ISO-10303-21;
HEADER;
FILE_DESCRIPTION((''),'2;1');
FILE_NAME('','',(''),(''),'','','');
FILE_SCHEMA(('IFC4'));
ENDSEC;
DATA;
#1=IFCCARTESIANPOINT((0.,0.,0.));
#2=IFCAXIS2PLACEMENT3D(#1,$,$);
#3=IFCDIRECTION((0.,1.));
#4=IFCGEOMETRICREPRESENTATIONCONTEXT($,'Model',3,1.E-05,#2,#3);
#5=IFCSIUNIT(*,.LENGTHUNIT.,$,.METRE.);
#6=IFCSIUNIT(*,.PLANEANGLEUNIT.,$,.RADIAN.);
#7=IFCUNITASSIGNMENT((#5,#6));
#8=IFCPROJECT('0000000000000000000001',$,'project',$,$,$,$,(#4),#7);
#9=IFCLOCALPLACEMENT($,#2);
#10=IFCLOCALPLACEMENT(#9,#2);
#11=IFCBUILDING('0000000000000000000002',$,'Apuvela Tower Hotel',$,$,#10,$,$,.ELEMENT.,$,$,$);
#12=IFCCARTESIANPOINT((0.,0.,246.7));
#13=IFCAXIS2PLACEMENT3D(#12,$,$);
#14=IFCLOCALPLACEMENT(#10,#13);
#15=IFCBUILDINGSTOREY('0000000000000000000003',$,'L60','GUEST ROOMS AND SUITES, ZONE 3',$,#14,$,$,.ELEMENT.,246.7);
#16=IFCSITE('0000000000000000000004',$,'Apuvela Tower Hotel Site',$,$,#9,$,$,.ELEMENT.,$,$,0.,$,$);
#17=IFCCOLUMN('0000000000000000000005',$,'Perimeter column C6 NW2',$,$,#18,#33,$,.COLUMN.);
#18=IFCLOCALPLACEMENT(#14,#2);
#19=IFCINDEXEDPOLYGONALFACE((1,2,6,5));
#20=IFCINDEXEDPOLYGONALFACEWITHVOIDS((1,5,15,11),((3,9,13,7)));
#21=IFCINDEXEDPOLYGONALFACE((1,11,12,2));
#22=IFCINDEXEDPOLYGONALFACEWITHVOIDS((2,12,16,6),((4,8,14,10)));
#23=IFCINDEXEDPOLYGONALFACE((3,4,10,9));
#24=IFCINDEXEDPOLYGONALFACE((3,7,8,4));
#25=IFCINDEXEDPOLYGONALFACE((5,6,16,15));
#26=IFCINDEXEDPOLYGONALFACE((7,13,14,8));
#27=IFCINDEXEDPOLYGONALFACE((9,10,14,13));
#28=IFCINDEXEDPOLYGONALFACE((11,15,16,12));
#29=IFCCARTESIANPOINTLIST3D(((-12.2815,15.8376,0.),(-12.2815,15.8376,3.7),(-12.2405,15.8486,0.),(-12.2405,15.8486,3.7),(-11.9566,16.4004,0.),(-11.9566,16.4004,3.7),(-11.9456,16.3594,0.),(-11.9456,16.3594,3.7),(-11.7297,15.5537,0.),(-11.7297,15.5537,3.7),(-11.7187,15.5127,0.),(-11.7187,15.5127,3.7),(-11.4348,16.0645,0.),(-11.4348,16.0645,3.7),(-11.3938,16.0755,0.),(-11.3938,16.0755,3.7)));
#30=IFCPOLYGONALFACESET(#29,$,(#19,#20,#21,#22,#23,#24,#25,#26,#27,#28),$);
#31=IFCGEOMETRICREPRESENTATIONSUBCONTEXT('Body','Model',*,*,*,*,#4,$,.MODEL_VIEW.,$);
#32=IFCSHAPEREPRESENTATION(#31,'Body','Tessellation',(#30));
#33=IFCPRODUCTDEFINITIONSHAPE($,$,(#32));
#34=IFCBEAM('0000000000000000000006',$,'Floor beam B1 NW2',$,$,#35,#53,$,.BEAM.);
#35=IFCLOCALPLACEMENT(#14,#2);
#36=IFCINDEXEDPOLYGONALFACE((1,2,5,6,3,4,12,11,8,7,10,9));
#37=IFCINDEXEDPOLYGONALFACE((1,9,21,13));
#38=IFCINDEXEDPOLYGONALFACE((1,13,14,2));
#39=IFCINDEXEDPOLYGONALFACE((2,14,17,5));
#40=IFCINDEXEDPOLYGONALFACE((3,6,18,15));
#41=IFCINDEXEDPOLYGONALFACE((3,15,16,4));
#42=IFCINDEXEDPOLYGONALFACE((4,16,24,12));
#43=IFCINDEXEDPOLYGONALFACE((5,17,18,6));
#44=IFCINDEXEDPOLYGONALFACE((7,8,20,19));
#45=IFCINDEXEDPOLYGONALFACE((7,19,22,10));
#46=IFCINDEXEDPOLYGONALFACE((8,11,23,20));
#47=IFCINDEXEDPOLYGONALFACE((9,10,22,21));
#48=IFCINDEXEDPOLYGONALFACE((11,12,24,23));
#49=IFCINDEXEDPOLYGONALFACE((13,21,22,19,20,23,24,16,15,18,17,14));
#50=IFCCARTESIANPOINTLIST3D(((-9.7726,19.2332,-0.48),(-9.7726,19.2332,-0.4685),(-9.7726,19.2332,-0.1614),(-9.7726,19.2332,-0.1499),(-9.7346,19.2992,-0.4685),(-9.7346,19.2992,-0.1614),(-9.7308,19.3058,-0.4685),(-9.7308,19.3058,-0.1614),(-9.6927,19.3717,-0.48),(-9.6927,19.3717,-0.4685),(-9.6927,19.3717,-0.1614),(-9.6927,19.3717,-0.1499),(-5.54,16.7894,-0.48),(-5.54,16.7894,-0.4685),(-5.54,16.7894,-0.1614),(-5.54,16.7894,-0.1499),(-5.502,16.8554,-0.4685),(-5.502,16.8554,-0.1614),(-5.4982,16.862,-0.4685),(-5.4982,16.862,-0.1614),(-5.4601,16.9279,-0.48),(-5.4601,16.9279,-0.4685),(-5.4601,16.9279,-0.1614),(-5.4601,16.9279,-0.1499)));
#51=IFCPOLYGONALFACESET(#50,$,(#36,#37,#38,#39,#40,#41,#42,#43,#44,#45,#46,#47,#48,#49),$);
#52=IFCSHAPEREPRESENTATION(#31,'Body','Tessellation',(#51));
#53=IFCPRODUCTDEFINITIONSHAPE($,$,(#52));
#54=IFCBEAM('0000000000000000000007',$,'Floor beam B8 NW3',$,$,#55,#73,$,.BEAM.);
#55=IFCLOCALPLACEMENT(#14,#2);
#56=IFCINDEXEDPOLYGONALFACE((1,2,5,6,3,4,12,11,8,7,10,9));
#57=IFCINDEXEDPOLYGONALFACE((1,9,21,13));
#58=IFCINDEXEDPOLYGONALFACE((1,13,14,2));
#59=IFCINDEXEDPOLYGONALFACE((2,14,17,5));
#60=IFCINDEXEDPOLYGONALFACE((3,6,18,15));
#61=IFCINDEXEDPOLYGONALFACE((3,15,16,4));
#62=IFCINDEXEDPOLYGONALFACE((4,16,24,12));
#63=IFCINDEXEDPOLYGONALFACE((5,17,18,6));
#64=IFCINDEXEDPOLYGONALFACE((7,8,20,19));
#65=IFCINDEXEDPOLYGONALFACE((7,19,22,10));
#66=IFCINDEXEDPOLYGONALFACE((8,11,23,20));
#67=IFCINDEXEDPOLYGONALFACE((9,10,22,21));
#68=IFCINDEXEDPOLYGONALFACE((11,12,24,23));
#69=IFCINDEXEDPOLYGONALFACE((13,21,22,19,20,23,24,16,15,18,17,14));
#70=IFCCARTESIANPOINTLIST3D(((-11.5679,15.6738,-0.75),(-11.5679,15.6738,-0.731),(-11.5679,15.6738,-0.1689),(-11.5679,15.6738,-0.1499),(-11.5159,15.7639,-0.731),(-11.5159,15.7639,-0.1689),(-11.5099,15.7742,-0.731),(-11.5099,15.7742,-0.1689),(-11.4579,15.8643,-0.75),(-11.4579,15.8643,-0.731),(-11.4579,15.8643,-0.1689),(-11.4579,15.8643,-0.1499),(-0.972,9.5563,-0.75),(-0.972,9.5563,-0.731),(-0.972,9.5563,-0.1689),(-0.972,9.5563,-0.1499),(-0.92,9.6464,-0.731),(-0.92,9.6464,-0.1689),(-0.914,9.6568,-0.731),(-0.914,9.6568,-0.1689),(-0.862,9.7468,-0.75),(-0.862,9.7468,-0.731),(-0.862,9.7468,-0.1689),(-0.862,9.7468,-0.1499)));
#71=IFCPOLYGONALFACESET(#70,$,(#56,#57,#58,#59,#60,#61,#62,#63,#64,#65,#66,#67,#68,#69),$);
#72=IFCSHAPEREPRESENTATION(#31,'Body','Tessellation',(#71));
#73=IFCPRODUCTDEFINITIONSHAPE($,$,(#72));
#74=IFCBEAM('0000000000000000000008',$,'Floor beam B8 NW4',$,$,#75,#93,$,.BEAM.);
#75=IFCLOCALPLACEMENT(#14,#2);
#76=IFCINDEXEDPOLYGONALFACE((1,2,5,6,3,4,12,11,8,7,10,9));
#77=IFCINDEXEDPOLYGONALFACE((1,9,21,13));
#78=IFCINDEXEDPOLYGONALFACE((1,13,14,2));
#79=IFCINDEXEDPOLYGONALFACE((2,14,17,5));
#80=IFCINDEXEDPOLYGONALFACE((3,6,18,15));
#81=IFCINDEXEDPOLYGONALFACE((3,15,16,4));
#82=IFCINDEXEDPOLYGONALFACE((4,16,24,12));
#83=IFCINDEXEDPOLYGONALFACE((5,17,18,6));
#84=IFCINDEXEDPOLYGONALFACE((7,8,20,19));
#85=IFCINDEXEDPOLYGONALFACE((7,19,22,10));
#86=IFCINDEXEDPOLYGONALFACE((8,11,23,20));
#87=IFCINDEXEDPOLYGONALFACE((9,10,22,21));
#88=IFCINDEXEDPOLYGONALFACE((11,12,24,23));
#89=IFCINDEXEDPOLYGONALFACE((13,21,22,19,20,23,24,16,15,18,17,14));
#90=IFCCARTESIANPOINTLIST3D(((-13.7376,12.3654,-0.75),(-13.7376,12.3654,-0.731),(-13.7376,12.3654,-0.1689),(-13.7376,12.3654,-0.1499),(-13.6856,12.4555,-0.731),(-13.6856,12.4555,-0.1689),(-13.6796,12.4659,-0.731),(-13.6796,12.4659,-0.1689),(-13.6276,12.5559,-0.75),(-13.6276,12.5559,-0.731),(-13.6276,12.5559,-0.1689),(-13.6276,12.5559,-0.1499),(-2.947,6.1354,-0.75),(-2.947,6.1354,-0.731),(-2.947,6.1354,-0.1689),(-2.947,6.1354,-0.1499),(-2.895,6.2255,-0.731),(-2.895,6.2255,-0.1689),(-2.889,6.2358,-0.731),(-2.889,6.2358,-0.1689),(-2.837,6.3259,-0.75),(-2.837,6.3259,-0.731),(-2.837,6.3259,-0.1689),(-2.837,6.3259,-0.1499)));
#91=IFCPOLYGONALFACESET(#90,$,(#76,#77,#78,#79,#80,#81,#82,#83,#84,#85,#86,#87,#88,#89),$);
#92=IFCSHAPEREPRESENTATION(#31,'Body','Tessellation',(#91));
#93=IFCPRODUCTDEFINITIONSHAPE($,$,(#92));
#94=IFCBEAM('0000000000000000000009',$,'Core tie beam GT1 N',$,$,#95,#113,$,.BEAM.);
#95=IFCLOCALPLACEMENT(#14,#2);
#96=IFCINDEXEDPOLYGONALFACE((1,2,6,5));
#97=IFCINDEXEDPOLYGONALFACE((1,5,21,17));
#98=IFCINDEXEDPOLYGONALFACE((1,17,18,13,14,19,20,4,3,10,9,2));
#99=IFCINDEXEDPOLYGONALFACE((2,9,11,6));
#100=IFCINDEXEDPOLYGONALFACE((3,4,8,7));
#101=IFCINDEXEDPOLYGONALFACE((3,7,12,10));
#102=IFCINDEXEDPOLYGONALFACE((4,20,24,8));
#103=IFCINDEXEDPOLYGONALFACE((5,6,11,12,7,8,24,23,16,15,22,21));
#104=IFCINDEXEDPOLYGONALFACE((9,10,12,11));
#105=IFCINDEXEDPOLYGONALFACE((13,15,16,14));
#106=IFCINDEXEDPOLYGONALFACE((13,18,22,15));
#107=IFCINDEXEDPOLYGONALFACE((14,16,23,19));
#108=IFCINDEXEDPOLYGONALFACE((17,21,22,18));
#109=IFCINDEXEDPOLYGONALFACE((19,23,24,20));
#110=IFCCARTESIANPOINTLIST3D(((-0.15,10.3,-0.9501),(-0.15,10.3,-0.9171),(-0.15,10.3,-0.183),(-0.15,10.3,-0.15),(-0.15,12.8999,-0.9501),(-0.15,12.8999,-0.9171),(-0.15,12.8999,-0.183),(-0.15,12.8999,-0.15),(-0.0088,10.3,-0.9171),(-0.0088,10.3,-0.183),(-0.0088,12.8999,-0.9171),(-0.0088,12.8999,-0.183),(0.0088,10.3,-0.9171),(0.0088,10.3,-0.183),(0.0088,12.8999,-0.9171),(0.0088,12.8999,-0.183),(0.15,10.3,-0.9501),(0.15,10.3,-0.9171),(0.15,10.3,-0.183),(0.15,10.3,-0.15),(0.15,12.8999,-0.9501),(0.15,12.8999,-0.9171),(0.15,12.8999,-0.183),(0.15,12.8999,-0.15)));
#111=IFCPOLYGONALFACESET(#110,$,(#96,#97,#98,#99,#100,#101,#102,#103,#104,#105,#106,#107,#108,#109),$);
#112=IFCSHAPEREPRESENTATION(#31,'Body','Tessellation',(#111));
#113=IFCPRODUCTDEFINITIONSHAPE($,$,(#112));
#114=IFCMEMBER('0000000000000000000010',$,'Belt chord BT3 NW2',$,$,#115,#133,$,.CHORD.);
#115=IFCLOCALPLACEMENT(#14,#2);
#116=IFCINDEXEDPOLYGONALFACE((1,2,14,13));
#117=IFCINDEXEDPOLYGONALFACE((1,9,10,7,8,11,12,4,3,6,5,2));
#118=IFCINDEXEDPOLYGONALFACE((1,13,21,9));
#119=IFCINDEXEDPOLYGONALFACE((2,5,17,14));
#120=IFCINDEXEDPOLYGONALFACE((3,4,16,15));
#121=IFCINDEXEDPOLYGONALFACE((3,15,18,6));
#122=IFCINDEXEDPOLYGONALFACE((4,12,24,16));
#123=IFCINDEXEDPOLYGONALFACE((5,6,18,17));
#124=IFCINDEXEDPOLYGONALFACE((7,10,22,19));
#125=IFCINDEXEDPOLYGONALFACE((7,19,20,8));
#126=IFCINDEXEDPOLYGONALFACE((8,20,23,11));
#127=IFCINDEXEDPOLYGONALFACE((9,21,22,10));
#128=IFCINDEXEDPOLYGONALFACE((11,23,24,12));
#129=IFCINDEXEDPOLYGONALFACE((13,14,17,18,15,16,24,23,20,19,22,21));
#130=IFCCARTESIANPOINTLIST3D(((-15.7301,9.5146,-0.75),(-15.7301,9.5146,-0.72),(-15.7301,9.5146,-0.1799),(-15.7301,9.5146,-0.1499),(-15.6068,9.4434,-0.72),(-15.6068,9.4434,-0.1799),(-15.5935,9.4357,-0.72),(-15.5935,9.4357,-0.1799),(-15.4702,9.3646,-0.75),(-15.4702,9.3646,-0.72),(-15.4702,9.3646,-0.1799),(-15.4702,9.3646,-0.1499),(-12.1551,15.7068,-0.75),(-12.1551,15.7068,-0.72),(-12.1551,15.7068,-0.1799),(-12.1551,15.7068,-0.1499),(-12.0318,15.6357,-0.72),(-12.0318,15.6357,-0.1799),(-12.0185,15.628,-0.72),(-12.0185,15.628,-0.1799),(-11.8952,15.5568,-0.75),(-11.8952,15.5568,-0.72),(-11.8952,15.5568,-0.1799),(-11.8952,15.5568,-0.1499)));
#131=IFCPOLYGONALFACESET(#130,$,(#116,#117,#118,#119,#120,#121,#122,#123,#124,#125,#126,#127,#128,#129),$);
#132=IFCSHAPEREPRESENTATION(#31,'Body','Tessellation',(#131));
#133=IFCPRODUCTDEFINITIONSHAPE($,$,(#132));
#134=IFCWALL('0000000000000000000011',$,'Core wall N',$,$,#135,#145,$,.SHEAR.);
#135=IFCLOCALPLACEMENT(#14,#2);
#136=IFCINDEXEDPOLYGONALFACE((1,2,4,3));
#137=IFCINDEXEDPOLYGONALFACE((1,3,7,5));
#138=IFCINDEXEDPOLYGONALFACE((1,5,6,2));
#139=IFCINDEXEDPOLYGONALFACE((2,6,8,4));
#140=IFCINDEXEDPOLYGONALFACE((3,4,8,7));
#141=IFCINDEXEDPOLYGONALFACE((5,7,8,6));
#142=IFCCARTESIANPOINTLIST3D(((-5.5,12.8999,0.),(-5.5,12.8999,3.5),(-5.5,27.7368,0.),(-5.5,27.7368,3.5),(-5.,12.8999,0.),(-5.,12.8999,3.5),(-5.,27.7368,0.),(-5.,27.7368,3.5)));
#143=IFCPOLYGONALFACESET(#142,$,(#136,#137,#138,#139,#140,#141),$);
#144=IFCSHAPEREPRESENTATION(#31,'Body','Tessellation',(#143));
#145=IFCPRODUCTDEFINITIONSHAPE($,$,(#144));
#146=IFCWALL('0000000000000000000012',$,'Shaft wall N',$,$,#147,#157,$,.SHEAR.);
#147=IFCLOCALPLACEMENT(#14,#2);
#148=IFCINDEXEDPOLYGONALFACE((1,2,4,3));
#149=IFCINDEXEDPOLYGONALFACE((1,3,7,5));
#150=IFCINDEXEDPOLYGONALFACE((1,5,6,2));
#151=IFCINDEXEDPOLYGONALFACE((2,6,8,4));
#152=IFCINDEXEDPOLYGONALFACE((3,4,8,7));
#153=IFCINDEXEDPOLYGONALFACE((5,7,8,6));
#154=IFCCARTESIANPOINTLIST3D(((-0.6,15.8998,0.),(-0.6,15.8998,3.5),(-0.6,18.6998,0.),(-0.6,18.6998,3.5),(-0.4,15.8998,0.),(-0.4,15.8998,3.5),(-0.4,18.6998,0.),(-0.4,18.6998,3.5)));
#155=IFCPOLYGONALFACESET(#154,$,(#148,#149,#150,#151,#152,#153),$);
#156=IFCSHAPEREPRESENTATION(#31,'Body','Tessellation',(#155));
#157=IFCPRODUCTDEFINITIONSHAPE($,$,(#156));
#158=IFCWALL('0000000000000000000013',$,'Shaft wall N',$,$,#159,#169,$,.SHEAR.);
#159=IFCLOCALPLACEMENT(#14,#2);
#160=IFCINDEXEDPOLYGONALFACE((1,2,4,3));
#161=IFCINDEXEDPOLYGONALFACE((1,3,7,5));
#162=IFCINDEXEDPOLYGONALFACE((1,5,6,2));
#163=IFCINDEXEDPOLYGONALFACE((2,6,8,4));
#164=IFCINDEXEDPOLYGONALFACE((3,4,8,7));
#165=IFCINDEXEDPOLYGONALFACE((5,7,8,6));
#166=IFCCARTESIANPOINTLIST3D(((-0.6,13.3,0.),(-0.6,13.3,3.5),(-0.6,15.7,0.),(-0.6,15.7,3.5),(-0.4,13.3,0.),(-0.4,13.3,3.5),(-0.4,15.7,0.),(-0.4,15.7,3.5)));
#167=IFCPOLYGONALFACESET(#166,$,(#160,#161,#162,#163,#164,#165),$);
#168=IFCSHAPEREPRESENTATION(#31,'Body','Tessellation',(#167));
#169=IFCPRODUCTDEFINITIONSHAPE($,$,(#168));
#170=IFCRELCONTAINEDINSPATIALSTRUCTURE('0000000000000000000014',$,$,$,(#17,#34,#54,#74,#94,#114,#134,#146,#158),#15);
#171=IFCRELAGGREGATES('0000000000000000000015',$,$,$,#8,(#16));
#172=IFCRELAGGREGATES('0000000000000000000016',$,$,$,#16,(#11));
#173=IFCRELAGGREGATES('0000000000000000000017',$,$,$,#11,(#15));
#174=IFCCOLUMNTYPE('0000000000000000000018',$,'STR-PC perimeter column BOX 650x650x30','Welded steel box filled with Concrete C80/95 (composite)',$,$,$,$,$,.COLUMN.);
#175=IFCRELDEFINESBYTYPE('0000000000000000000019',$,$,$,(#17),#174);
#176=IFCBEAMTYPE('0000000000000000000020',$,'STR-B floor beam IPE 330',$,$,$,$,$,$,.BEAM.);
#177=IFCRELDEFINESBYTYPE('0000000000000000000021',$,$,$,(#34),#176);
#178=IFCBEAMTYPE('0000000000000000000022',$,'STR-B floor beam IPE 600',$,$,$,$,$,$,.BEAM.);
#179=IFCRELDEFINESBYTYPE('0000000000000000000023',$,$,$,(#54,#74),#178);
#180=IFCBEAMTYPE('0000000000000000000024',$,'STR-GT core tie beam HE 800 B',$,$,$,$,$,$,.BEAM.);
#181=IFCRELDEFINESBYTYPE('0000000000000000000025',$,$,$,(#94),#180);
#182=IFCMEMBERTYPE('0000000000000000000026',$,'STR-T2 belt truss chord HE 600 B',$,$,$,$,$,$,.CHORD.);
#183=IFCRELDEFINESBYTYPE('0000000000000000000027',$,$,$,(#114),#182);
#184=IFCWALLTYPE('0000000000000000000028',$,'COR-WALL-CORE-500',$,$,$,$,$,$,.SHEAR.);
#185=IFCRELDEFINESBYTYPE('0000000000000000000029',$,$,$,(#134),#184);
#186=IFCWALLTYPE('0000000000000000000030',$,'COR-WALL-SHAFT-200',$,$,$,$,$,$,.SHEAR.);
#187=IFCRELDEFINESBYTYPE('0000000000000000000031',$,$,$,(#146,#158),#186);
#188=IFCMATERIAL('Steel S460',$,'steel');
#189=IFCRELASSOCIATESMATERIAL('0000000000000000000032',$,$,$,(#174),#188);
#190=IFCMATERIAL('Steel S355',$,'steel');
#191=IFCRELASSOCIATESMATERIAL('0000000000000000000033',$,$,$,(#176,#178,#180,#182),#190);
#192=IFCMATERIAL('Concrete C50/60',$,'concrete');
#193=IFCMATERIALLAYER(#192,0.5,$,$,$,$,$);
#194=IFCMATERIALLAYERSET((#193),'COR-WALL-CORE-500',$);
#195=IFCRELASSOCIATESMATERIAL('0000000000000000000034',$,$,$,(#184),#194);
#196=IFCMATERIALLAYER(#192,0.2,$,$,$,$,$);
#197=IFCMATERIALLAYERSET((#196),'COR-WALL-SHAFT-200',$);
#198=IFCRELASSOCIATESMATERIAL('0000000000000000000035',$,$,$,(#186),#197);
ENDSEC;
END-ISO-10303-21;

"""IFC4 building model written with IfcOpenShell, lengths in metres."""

from ifc_helpers import new_model, si_unit, direction, frame, frame_2d, origin, origin_2d, place, context, subcontext, project, spatial, rectangle, hollow_rectangle, i_section, extrude, material, layer, layer_set, material_profile, profile_set, type_object, element, save


model = new_model("IFC4")

# Units and contexts
model_context = context("Model", 3, precision=1e-05, world=origin(), true_north=direction((0.0, 1.0)))
body_context = subcontext(model_context, "Body", "Model", "MODEL_VIEW")
ifc_project = project(units=[si_unit("LENGTHUNIT", "METRE"), si_unit("PLANEANGLEUNIT", "RADIAN")], contexts=[model_context])

# Site, building, storey
site_placement = place(None, origin())
site = spatial("IfcSite", under=ifc_project, at=site_placement, Name="Apuvela Tower Hotel Site", CompositionType="ELEMENT", RefElevation=0.0)
building_placement = place(site_placement, origin())
building = spatial("IfcBuilding", under=site, at=building_placement, Name="Apuvela Tower Hotel", CompositionType="ELEMENT")
storey_placement = place(building_placement, frame((0.0, 0.0, 246.7)))
storey = spatial("IfcBuildingStorey", under=building, at=storey_placement, Name="L60", Description="GUEST ROOMS AND SUITES, ZONE 3", CompositionType="ELEMENT", Elevation=246.7)

# Column
ifc_material_1 = material(Name="Steel S460", Category="steel")
ifc_material_profile_1 = material_profile(ifc_material_1, hollow_rectangle(XDim=0.6499, YDim=0.6499, WallThickness=0.03, at=origin_2d()), Name="BOX 650x650x30")
ifc_material_2 = material(Name="Concrete C80/95", Category="concrete")
ifc_material_profile_2 = material_profile(ifc_material_2, rectangle(XDim=0.5901, YDim=0.5901, at=origin_2d()), Name="Concrete C80/95 infill")
ifc_profile_set_1 = profile_set([ifc_material_profile_1, ifc_material_profile_2], Name="Steel S460")
column_type = type_object("IfcColumnType", Name="STR-PC perimeter column BOX 650x650x30", Description="Welded steel box filled with Concrete C80/95 (composite)", PredefinedType="COLUMN", material=ifc_profile_set_1)
column_placement = place(storey_placement, frame((-11.8376, 15.9565, 0.0), z_axis=(0.0, 0.0, 1.0), x_axis=(0.5, 0.866025, 0.0)))
element("IfcColumn", 1, at=column_placement, inside=storey, type_object=column_type, Name="Perimeter column C6 NW2", PredefinedType="COLUMN", context=body_context, shape_type="SweptSolid", body=[
    extrude(hollow_rectangle(XDim=0.6499, YDim=0.6499, WallThickness=0.03, at=origin_2d()), origin(), (0.0, 0.0, 1.0), 3.7),
])

# Beams
ifc_material_3 = material(Name="Steel S355", Category="steel")
ifc_material_profile_3 = material_profile(ifc_material_3, i_section(OverallWidth=0.1599, OverallDepth=0.3301, WebThickness=0.0076, FlangeThickness=0.0115, at=origin_2d()), Name="IPE 330")
ifc_profile_set_2 = profile_set([ifc_material_profile_3], Name="Steel S355")
beam_type_1 = type_object("IfcBeamType", Name="STR-B floor beam IPE 330", PredefinedType="BEAM", material=ifc_profile_set_2)
beam_1_placement = place(storey_placement, frame((-9.7327, 19.3025, -0.3149), z_axis=(0.866015, -0.500018, 0.0), x_axis=(0.500018, 0.866015, 0.0)))
element("IfcBeam", 2, at=beam_1_placement, inside=storey, type_object=beam_type_1, Name="Floor beam B1 NW2", PredefinedType="BEAM", context=body_context, shape_type="SweptSolid", body=[
    extrude(i_section(OverallWidth=0.1599, OverallDepth=0.3301, WebThickness=0.0076, FlangeThickness=0.0115, at=origin_2d()), origin(), (0.0, 0.0, 1.0), 4.8875),
])
ifc_material_profile_4 = material_profile(ifc_material_3, i_section(OverallWidth=0.22, OverallDepth=0.6001, WebThickness=0.012, FlangeThickness=0.019, at=origin_2d()), Name="IPE 600")
ifc_profile_set_3 = profile_set([ifc_material_profile_4], Name="Steel S355")
beam_type_2 = type_object("IfcBeamType", Name="STR-B floor beam IPE 600", PredefinedType="BEAM", material=ifc_profile_set_3)
beam_2_placement = place(storey_placement, frame((-11.5129, 15.769, -0.45), z_axis=(0.86603, -0.499991, 0.0), x_axis=(0.499991, 0.86603, 0.0)))
element("IfcBeam", 3, at=beam_2_placement, inside=storey, type_object=beam_type_2, Name="Floor beam B8 NW3", PredefinedType="BEAM", context=body_context, shape_type="SweptSolid", body=[
    extrude(i_section(OverallWidth=0.22, OverallDepth=0.6001, WebThickness=0.012, FlangeThickness=0.019, at=origin_2d()), origin(), (0.0, 0.0, 1.0), 12.2351),
])
beam_3_placement = place(storey_placement, frame((-13.6826, 12.4607, -0.45), z_axis=(0.866023, -0.500004, 0.0), x_axis=(0.500004, 0.866023, 0.0)))
element("IfcBeam", 4, at=beam_3_placement, inside=storey, type_object=beam_type_2, Name="Floor beam B8 NW4", PredefinedType="BEAM", context=body_context, shape_type="SweptSolid", body=[
    extrude(i_section(OverallWidth=0.22, OverallDepth=0.6001, WebThickness=0.012, FlangeThickness=0.019, at=origin_2d()), origin(), (0.0, 0.0, 1.0), 12.46),
])
ifc_material_profile_5 = material_profile(ifc_material_3, i_section(OverallWidth=0.3, OverallDepth=0.8, WebThickness=0.0176, FlangeThickness=0.033, at=origin_2d()), Name="HE 800 B")
ifc_profile_set_4 = profile_set([ifc_material_profile_5], Name="Steel S355")
beam_type_3 = type_object("IfcBeamType", Name="STR-GT core tie beam HE 800 B", PredefinedType="BEAM", material=ifc_profile_set_4)
beam_4_placement = place(storey_placement, frame((0.0, 12.8999, -0.55), z_axis=(0.0, -1.0, 0.0), x_axis=(1.0, 0.0, 0.0)))
element("IfcBeam", 5, at=beam_4_placement, inside=storey, type_object=beam_type_3, Name="Core tie beam GT1 N", PredefinedType="BEAM", context=body_context, shape_type="SweptSolid", body=[
    extrude(i_section(OverallWidth=0.3, OverallDepth=0.8, WebThickness=0.0176, FlangeThickness=0.033, at=origin_2d()), origin(), (0.0, 0.0, 1.0), 2.5999),
])

# Member
ifc_material_profile_6 = material_profile(ifc_material_3, i_section(OverallWidth=0.3, OverallDepth=0.6001, WebThickness=0.0154, FlangeThickness=0.03, at=origin_2d()), Name="HE 600 B")
ifc_profile_set_5 = profile_set([ifc_material_profile_6], Name="Steel S355")
member_type = type_object("IfcMemberType", Name="STR-T2 belt truss chord HE 600 B", PredefinedType="CHORD", material=ifc_profile_set_5)
member_placement = place(storey_placement, frame((-12.0251, 15.6318, -0.45), z_axis=(-0.499991, -0.86603, 0.0), x_axis=(0.86603, -0.499991, 0.0)))
element("IfcMember", 6, at=member_placement, inside=storey, type_object=member_type, Name="Belt chord BT3 NW2", PredefinedType="CHORD", context=body_context, shape_type="SweptSolid", body=[
    extrude(i_section(OverallWidth=0.3, OverallDepth=0.6001, WebThickness=0.0154, FlangeThickness=0.03, at=origin_2d()), origin(), (0.0, 0.0, 1.0), 7.1501),
])

# Walls
ifc_material_4 = material(Name="Concrete C50/60", Category="concrete")
ifc_layer_1 = layer(ifc_material_4, 0.5)
ifc_layer_set_1 = layer_set([ifc_layer_1], Name="COR-WALL-CORE-500")
wall_type_1 = type_object("IfcWallType", Name="COR-WALL-CORE-500", PredefinedType="SHEAR", material=ifc_layer_set_1)
wall_1_placement = place(storey_placement, frame((-5.25, 12.8999, 0.0), z_axis=(0.0, 0.0, 1.0), x_axis=(0.0, 1.0, 0.0)))
element("IfcWall", 7, at=wall_1_placement, inside=storey, type_object=wall_type_1, Name="Core wall N", PredefinedType="SHEAR", context=body_context, shape_type="SweptSolid", body=[
    extrude(rectangle(XDim=14.8369, YDim=0.5, at=frame_2d((7.4185, 0.0))), origin(), (0.0, 0.0, 1.0), 3.5),
])
ifc_layer_2 = layer(ifc_material_4, 0.2)
ifc_layer_set_2 = layer_set([ifc_layer_2], Name="COR-WALL-SHAFT-200")
wall_type_2 = type_object("IfcWallType", Name="COR-WALL-SHAFT-200", PredefinedType="SHEAR", material=ifc_layer_set_2)
wall_2_placement = place(storey_placement, frame((-0.5, 15.8999, 0.0), z_axis=(0.0, 0.0, 1.0), x_axis=(0.0, 1.0, 0.0)))
element("IfcWall", 8, at=wall_2_placement, inside=storey, type_object=wall_type_2, Name="Shaft wall N", PredefinedType="SHEAR", context=body_context, shape_type="SweptSolid", body=[
    extrude(rectangle(XDim=2.8, YDim=0.2, at=frame_2d((1.3999, 0.0))), origin(), (0.0, 0.0, 1.0), 3.5),
])
wall_3_placement = place(storey_placement, frame((-0.5, 13.3, 0.0), z_axis=(0.0, 0.0, 1.0), x_axis=(0.0, 1.0, 0.0)))
element("IfcWall", 9, at=wall_3_placement, inside=storey, type_object=wall_type_2, Name="Shaft wall N", PredefinedType="SHEAR", context=body_context, shape_type="SweptSolid", body=[
    extrude(rectangle(XDim=2.3999, YDim=0.2, at=frame_2d((1.2, 0.0))), origin(), (0.0, 0.0, 1.0), 3.5),
])

save(model, "model.ifc")
